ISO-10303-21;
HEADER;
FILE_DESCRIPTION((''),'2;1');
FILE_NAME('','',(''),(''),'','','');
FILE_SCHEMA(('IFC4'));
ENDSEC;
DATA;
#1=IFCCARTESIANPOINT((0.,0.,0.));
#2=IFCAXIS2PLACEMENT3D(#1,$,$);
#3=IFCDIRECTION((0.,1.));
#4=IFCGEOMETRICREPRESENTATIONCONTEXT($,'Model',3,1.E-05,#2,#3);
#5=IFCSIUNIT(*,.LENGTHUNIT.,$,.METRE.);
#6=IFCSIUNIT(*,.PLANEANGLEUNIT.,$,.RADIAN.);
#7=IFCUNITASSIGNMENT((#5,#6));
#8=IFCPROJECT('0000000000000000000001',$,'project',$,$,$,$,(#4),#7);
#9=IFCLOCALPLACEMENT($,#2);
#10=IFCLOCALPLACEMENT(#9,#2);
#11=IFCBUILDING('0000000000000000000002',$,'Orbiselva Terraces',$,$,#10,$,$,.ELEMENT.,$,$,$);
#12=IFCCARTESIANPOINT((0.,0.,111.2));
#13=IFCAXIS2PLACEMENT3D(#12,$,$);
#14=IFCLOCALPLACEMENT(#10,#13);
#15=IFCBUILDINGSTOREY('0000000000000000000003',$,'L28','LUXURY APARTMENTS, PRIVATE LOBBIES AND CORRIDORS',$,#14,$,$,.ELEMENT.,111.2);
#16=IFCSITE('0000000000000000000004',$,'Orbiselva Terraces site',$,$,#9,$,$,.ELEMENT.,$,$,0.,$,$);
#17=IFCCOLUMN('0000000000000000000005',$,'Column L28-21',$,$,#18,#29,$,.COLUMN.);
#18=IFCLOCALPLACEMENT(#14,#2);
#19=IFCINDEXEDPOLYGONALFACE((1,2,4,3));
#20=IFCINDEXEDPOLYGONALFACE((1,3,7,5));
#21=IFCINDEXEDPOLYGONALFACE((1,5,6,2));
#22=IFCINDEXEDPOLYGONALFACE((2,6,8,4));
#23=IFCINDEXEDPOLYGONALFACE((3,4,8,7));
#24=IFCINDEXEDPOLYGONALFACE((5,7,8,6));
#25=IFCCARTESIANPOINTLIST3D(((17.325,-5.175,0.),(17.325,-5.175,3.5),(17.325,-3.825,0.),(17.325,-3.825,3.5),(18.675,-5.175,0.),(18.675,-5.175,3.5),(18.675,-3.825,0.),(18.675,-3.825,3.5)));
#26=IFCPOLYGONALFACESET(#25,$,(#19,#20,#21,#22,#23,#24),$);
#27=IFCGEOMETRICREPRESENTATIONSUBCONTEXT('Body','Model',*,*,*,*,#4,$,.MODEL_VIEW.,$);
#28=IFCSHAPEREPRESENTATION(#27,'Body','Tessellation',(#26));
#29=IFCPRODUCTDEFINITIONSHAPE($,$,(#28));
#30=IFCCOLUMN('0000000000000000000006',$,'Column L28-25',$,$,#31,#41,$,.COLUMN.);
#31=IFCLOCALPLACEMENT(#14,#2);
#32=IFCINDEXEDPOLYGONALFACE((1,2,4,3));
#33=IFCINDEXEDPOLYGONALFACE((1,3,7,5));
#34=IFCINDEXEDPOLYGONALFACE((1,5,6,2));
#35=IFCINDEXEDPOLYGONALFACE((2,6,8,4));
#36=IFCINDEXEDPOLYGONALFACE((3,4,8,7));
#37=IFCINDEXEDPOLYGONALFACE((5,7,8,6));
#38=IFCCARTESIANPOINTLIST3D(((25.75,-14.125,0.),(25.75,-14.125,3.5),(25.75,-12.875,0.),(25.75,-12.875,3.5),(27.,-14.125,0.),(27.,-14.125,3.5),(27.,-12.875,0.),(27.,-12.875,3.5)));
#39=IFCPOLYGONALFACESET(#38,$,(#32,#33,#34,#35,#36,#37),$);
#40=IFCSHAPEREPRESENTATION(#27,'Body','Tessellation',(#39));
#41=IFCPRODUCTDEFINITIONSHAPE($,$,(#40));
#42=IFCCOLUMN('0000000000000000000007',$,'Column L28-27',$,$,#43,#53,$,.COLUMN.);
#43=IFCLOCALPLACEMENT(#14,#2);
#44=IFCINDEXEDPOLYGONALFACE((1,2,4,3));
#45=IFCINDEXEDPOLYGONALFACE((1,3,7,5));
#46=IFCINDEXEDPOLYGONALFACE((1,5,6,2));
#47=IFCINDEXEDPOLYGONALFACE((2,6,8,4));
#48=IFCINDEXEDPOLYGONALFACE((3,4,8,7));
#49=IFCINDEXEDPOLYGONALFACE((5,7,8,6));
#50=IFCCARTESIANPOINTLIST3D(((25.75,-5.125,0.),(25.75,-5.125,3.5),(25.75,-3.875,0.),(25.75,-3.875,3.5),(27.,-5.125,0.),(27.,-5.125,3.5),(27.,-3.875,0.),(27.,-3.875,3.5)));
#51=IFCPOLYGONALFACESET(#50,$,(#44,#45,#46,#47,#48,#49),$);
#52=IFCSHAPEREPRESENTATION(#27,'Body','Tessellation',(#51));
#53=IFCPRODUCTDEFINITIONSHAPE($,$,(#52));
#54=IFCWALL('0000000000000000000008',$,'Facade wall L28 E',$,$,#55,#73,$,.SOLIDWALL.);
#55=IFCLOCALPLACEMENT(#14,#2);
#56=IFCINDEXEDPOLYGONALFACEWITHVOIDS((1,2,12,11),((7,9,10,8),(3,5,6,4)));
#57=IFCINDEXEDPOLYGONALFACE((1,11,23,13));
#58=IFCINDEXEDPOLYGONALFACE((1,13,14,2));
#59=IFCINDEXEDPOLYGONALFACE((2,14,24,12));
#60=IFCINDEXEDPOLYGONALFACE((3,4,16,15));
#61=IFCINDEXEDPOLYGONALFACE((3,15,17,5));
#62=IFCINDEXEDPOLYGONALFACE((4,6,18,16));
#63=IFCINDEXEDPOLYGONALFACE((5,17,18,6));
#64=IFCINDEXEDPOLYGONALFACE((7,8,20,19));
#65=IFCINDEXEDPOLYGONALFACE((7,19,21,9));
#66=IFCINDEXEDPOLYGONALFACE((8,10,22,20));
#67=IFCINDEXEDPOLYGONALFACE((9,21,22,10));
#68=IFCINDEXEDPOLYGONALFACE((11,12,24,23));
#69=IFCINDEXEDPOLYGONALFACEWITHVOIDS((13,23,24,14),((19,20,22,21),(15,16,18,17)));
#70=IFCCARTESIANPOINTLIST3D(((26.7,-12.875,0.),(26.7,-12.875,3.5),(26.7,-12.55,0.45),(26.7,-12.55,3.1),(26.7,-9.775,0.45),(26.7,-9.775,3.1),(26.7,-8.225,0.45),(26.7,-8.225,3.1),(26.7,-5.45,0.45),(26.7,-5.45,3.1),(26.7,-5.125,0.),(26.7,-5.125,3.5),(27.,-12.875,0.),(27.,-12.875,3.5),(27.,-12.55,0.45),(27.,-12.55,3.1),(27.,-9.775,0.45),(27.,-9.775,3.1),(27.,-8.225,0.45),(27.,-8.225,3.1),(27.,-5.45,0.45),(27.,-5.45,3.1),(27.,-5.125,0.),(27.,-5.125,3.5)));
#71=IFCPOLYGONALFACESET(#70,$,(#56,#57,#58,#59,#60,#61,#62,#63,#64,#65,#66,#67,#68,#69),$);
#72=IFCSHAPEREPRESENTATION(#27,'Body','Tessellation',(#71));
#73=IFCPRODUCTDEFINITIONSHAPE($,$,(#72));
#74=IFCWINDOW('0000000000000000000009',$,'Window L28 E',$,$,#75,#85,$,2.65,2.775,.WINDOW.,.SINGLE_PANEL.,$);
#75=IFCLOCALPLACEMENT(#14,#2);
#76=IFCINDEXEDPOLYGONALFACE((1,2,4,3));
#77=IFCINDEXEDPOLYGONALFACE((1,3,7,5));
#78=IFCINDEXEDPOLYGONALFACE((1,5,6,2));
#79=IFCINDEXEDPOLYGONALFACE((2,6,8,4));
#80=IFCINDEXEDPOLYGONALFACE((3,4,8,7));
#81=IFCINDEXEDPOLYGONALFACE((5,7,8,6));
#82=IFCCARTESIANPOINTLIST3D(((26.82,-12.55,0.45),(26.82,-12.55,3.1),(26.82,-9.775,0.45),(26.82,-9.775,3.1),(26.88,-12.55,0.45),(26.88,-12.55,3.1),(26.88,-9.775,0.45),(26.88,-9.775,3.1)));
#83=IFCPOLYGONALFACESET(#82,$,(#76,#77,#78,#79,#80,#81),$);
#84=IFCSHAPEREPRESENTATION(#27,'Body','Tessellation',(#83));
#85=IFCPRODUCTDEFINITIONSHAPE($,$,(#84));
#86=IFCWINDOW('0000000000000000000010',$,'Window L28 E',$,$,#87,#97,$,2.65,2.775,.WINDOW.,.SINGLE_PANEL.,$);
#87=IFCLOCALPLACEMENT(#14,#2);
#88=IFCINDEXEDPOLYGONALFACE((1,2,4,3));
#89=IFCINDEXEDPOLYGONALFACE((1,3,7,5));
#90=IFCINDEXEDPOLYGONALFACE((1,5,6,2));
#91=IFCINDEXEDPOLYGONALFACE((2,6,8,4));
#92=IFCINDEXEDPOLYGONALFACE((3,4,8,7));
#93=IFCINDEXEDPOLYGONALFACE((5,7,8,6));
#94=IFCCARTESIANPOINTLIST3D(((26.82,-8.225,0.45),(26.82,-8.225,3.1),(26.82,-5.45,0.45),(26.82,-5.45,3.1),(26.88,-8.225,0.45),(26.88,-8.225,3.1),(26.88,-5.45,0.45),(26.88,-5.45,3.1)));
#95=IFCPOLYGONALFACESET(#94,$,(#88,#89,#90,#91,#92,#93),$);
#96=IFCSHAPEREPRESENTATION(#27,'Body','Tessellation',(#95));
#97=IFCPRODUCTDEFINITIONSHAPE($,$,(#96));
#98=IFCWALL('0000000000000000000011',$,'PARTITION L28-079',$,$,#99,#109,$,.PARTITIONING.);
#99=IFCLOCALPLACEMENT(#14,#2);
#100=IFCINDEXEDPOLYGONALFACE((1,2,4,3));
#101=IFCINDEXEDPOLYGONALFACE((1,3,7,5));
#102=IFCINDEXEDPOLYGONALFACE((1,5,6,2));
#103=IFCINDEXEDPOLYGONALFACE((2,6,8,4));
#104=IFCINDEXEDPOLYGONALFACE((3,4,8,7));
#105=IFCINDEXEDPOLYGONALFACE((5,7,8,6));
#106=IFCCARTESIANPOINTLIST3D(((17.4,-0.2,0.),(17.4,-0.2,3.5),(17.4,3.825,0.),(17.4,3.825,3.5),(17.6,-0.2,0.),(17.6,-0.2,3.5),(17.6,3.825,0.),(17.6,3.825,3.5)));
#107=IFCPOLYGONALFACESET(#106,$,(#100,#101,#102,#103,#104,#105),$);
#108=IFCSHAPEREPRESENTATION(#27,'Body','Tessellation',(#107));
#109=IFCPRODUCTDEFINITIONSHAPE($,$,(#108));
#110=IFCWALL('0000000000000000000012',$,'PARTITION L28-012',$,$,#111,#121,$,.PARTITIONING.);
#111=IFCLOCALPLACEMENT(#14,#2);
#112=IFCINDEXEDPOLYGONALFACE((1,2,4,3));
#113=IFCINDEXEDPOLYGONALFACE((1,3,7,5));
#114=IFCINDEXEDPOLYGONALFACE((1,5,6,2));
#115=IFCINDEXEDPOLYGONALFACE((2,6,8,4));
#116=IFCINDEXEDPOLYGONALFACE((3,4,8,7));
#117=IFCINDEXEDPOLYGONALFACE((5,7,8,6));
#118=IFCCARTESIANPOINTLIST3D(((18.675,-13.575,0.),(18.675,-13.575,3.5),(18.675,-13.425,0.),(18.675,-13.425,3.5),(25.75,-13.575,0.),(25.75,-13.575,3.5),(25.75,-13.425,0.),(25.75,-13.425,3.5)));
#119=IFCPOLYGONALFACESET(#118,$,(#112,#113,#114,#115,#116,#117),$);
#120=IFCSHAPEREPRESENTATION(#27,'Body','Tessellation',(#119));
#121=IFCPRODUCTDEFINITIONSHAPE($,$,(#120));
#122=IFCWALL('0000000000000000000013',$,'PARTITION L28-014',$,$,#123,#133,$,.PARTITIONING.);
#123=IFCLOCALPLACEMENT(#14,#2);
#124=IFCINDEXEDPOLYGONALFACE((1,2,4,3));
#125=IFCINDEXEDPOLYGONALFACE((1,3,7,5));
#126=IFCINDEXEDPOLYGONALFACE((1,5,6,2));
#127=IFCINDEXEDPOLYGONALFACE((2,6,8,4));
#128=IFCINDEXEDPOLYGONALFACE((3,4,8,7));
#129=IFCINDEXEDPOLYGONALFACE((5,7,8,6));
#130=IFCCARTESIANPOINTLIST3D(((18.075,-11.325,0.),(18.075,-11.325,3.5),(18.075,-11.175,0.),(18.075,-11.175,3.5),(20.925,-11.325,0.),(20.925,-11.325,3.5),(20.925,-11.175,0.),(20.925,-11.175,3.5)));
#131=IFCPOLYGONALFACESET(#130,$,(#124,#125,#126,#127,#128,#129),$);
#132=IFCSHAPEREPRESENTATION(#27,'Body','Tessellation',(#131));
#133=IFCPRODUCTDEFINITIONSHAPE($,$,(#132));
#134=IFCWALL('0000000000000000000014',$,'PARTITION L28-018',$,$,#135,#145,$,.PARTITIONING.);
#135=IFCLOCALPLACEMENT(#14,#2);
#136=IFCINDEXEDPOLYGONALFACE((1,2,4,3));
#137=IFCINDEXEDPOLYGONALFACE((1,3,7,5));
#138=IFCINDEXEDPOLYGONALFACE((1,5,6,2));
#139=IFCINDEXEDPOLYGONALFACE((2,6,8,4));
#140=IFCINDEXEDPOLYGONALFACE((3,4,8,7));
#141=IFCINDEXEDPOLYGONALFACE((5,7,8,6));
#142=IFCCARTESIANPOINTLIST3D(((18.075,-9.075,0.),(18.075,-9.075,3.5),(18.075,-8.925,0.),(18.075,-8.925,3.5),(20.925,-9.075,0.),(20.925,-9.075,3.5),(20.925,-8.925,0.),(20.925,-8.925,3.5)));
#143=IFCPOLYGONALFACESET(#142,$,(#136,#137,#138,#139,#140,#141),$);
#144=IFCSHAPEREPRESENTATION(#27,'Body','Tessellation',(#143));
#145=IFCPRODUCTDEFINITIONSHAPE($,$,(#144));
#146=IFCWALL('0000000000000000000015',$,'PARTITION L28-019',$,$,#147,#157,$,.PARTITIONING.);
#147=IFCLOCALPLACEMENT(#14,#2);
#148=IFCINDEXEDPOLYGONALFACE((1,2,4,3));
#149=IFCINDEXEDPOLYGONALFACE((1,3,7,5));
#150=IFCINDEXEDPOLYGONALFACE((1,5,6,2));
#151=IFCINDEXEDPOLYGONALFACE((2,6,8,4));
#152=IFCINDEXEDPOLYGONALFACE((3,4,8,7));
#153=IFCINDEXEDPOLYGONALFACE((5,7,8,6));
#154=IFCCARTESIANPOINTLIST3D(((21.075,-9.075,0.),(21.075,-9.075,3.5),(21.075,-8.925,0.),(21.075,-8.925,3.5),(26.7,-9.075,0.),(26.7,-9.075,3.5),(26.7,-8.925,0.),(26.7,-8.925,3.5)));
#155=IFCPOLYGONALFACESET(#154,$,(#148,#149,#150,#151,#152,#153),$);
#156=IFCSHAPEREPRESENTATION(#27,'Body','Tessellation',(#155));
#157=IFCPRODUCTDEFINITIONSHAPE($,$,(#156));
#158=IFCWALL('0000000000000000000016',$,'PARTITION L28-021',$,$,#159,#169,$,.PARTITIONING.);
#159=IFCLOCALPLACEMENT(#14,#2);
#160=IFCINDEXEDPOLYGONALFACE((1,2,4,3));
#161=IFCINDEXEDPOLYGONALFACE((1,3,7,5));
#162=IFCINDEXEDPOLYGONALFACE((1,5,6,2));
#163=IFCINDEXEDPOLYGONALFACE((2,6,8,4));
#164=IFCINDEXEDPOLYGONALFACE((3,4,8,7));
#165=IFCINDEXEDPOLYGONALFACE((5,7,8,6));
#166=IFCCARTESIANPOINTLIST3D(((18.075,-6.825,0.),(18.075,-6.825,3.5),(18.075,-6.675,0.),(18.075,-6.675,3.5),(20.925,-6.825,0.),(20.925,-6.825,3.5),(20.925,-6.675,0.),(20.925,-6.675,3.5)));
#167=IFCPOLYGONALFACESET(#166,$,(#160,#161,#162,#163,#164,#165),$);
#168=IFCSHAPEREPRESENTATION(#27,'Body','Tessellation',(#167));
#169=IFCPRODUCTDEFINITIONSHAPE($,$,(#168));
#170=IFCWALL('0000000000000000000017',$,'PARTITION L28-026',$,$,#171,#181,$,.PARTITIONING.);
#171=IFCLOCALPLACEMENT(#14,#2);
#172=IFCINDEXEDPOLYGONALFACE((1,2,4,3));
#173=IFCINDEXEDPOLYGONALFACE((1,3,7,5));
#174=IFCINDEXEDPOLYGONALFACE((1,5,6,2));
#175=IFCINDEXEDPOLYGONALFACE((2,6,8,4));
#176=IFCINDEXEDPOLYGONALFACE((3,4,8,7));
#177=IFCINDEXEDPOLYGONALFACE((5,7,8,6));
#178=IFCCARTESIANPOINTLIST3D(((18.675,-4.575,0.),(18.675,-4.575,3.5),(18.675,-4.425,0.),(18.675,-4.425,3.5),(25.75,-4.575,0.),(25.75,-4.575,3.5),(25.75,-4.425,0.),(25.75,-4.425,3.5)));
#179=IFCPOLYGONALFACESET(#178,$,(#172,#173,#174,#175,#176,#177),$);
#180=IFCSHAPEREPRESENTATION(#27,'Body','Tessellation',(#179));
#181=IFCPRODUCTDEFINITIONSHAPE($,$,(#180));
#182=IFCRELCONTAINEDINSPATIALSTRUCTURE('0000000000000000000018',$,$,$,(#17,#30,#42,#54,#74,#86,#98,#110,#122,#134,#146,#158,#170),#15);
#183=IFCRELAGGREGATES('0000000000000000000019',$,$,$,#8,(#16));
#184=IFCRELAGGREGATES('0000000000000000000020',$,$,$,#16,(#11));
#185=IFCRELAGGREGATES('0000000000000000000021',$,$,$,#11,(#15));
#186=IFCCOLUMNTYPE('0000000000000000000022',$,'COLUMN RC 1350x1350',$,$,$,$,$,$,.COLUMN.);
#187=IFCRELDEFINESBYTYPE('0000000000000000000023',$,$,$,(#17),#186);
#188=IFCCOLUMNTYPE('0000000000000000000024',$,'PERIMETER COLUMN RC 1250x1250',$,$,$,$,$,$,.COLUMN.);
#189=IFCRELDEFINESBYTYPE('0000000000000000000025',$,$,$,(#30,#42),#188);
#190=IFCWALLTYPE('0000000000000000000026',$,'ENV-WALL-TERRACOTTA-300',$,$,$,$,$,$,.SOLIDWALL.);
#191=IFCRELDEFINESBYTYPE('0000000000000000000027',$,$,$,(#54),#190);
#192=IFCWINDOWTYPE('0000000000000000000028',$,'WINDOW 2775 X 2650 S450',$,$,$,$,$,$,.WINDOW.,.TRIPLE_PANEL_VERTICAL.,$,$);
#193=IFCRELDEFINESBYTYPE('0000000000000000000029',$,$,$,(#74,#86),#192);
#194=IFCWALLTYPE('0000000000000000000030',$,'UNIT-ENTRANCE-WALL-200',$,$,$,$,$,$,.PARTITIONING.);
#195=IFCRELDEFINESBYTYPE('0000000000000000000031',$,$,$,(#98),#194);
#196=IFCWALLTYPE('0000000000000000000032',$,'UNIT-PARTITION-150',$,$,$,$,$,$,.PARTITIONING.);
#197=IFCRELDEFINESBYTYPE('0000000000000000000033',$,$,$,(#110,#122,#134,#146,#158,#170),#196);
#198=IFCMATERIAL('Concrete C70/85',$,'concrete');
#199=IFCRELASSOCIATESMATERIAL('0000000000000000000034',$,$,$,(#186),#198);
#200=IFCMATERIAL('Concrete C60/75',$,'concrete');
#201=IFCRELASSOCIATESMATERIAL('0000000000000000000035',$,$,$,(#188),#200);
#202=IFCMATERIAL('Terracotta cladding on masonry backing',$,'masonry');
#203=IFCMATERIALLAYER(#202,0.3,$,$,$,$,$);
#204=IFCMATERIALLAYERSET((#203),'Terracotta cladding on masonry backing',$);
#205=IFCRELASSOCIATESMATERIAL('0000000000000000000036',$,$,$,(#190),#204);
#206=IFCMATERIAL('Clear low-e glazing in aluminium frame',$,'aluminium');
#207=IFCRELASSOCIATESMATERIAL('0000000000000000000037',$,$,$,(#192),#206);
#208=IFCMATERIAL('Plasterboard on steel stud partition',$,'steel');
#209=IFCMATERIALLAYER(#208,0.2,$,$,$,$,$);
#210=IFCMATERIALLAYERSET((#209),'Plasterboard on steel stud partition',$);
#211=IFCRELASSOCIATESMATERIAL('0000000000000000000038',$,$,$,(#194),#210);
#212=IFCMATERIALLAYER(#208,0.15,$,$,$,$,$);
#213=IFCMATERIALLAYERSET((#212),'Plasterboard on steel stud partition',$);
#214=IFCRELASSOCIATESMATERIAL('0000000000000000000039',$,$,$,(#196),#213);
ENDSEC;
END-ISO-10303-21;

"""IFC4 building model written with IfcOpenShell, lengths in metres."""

from ifc_helpers import new_model, si_unit, direction, frame, frame_2d, origin, origin_2d, place, context, subcontext, project, spatial, rectangle, extrude, material, layer, layer_set, material_profile, profile_set, type_object, element, fill, save


model = new_model("IFC4")

# Units and contexts
model_context = context("Model", 3, precision=1e-05, world=origin(), true_north=direction((0.0, 1.0)))
body_context = subcontext(model_context, "Body", "Model", "MODEL_VIEW")
ifc_project = project(units=[si_unit("LENGTHUNIT", "METRE"), si_unit("PLANEANGLEUNIT", "RADIAN")], contexts=[model_context])

# Site, building, storey
site_placement = place(None, origin())
site = spatial("IfcSite", under=ifc_project, at=site_placement, Name="Orbiselva Terraces site", CompositionType="ELEMENT", RefElevation=0.0)
building_placement = place(site_placement, origin())
building = spatial("IfcBuilding", under=site, at=building_placement, Name="Orbiselva Terraces", CompositionType="ELEMENT")
storey_placement = place(building_placement, frame((0.0, 0.0, 111.2)))
storey = spatial("IfcBuildingStorey", under=building, at=storey_placement, Name="L28", Description="LUXURY APARTMENTS, PRIVATE LOBBIES AND CORRIDORS", CompositionType="ELEMENT", Elevation=111.2)

# Columns
ifc_material_1 = material(Name="Concrete C70/85", Category="concrete")
ifc_material_profile_1 = material_profile(ifc_material_1, rectangle(XDim=1.35, YDim=1.35, at=origin_2d()), Name="RC 1350x1350")
ifc_profile_set_1 = profile_set([ifc_material_profile_1], Name="Concrete C70/85")
column_type_1 = type_object("IfcColumnType", Name="COLUMN RC 1350x1350", PredefinedType="COLUMN", material=ifc_profile_set_1)
column_placement = place(storey_placement, frame((18.0, -4.5, 0.0), z_axis=(0.0, 0.0, 1.0), x_axis=(1.0, 0.0, 0.0)))
element("IfcColumn", 1, at=column_placement, inside=storey, type_object=column_type_1, Name="Column L28-21", PredefinedType="COLUMN", context=body_context, shape_type="SweptSolid", body=[
    extrude(rectangle(XDim=1.35, YDim=1.35, at=origin_2d()), origin(), (0.0, 0.0, 1.0), 3.5),
])
ifc_material_2 = material(Name="Concrete C60/75", Category="concrete")
ifc_material_profile_2 = material_profile(ifc_material_2, rectangle(XDim=1.25, YDim=1.25, at=origin_2d()), Name="RC 1250x1250")
ifc_profile_set_2 = profile_set([ifc_material_profile_2], Name="Concrete C60/75")
column_type_2 = type_object("IfcColumnType", Name="PERIMETER COLUMN RC 1250x1250", PredefinedType="COLUMN", material=ifc_profile_set_2)
for number, where, z_axis, x_axis, name in (
    (2, (26.375, -13.5, 0.0), (0.0, 0.0, 1.0), (1.0, 0.0, 0.0), "Column L28-25"),
    (3, (26.375, -4.5, 0.0), (0.0, 0.0, 1.0), (1.0, 0.0, 0.0), "Column L28-27"),
):
    element("IfcColumn", number, at=place(storey_placement, frame(where, z_axis=z_axis, x_axis=x_axis)), inside=storey, type_object=column_type_2, Name=name, PredefinedType="COLUMN", context=body_context, shape_type="SweptSolid", body=[
        extrude(rectangle(XDim=1.25, YDim=1.25, at=origin_2d()), origin(), (0.0, 0.0, 1.0), 3.5),
    ])

# Wall, openings, windows
ifc_material_3 = material(Name="Terracotta cladding on masonry backing", Category="masonry")
ifc_layer_1 = layer(ifc_material_3, 0.3)
ifc_layer_set_1 = layer_set([ifc_layer_1], Name="Terracotta cladding on masonry backing")
wall_type_1 = type_object("IfcWallType", Name="ENV-WALL-TERRACOTTA-300", PredefinedType="SOLIDWALL", material=ifc_layer_set_1)
wall_1_placement = place(storey_placement, frame((26.85, -5.125, 0.0), z_axis=(0.0, 0.0, 1.0), x_axis=(0.0, -1.0, 0.0)))
wall_1 = element("IfcWall", 4, at=wall_1_placement, inside=storey, type_object=wall_type_1, Name="Facade wall L28 E", PredefinedType="SOLIDWALL", context=body_context, shape_type="SweptSolid", body=[
    extrude(rectangle(XDim=7.75, YDim=0.3, at=frame_2d((3.875, 0.0))), origin(), (0.0, 0.0, 1.0), 3.5),
])
opening_1_placement = place(wall_1_placement, frame((4.65, 0.0, 0.45)))
opening_1 = element("IfcOpeningElement", 5, at=opening_1_placement, cuts=wall_1, PredefinedType="OPENING", context=body_context, shape_type="SweptSolid", body=[
    extrude(rectangle(XDim=2.775, YDim=2.65, at=frame_2d((1.3875, 1.325))), frame((0.0, 0.16, 0.0), z_axis=(0.0, -1.0, 0.0), x_axis=(1.0, 0.0, 0.0)), (0.0, 0.0, 1.0), 0.32),
])
opening_2_placement = place(wall_1_placement, frame((0.325, 0.0, 0.45)))
opening_2 = element("IfcOpeningElement", 6, at=opening_2_placement, cuts=wall_1, PredefinedType="OPENING", context=body_context, shape_type="SweptSolid", body=[
    extrude(rectangle(XDim=2.775, YDim=2.65, at=frame_2d((1.3875, 1.325))), frame((0.0, 0.16, 0.0), z_axis=(0.0, -1.0, 0.0), x_axis=(1.0, 0.0, 0.0)), (0.0, 0.0, 1.0), 0.32),
])
ifc_material_4 = material(Name="Clear low-e glazing in aluminium frame", Category="aluminium")
window_type = type_object("IfcWindowType", Name="WINDOW 2775 X 2650 S450", PartitioningType="TRIPLE_PANEL_VERTICAL", PredefinedType="WINDOW", material=ifc_material_4)
window_1_placement = place(opening_1_placement, origin())
window_1 = element("IfcWindow", 7, at=window_1_placement, inside=storey, type_object=window_type, Name="Window L28 E", OverallHeight=2.65, OverallWidth=2.775, PartitioningType="SINGLE_PANEL", PredefinedType="WINDOW", context=body_context, shape_type="SweptSolid", body=[
    extrude(rectangle(XDim=2.775, YDim=2.65, at=frame_2d((1.3875, 1.325))), frame((0.0, 0.03, 0.0), z_axis=(0.0, -1.0, 0.0), x_axis=(1.0, 0.0, 0.0)), (0.0, 0.0, 1.0), 0.06),
])
fill(opening_1, window_1)
window_2_placement = place(opening_2_placement, origin())
window_2 = element("IfcWindow", 8, at=window_2_placement, inside=storey, type_object=window_type, Name="Window L28 E", OverallHeight=2.65, OverallWidth=2.775, PartitioningType="SINGLE_PANEL", PredefinedType="WINDOW", context=body_context, shape_type="SweptSolid", body=[
    extrude(rectangle(XDim=2.775, YDim=2.65, at=frame_2d((1.3875, 1.325))), frame((0.0, 0.03, 0.0), z_axis=(0.0, -1.0, 0.0), x_axis=(1.0, 0.0, 0.0)), (0.0, 0.0, 1.0), 0.06),
])
fill(opening_2, window_2)

# Walls
ifc_material_5 = material(Name="Plasterboard on steel stud partition", Category="steel")
ifc_layer_2 = layer(ifc_material_5, 0.2)
ifc_layer_set_2 = layer_set([ifc_layer_2], Name="Plasterboard on steel stud partition")
wall_type_2 = type_object("IfcWallType", Name="UNIT-ENTRANCE-WALL-200", PredefinedType="PARTITIONING", material=ifc_layer_set_2)
wall_2_placement = place(storey_placement, frame((17.5, -0.2, 0.0), z_axis=(0.0, 0.0, 1.0), x_axis=(0.0, 1.0, 0.0)))
element("IfcWall", 9, at=wall_2_placement, inside=storey, type_object=wall_type_2, Name="PARTITION L28-079", PredefinedType="PARTITIONING", context=body_context, shape_type="SweptSolid", body=[
    extrude(rectangle(XDim=4.025, YDim=0.2, at=frame_2d((2.0125, 0.0))), origin(), (0.0, 0.0, 1.0), 3.5),
])
ifc_layer_3 = layer(ifc_material_5, 0.15)
ifc_layer_set_3 = layer_set([ifc_layer_3], Name="Plasterboard on steel stud partition")
wall_type_3 = type_object("IfcWallType", Name="UNIT-PARTITION-150", PredefinedType="PARTITIONING", material=ifc_layer_set_3)
wall_3_placement = place(storey_placement, frame((18.675, -13.5, 0.0), z_axis=(0.0, 0.0, 1.0), x_axis=(1.0, 0.0, 0.0)))
element("IfcWall", 10, at=wall_3_placement, inside=storey, type_object=wall_type_3, Name="PARTITION L28-012", PredefinedType="PARTITIONING", context=body_context, shape_type="SweptSolid", body=[
    extrude(rectangle(XDim=7.075, YDim=0.15, at=frame_2d((3.5375, 0.0))), origin(), (0.0, 0.0, 1.0), 3.5),
])
for number, where, z_axis, x_axis, name in (
    (11, (18.075, -11.25, 0.0), (0.0, 0.0, 1.0), (1.0, 0.0, 0.0), "PARTITION L28-014"),
    (12, (18.075, -9.0, 0.0), (0.0, 0.0, 1.0), (1.0, 0.0, 0.0), "PARTITION L28-018"),
):
    element("IfcWall", number, at=place(storey_placement, frame(where, z_axis=z_axis, x_axis=x_axis)), inside=storey, type_object=wall_type_3, Name=name, PredefinedType="PARTITIONING", context=body_context, shape_type="SweptSolid", body=[
        extrude(rectangle(XDim=2.85, YDim=0.15, at=frame_2d((1.425, 0.0))), origin(), (0.0, 0.0, 1.0), 3.5),
    ])
wall_4_placement = place(storey_placement, frame((21.075, -9.0, 0.0), z_axis=(0.0, 0.0, 1.0), x_axis=(1.0, 0.0, 0.0)))
element("IfcWall", 13, at=wall_4_placement, inside=storey, type_object=wall_type_3, Name="PARTITION L28-019", PredefinedType="PARTITIONING", context=body_context, shape_type="SweptSolid", body=[
    extrude(rectangle(XDim=5.625, YDim=0.15, at=frame_2d((2.8125, 0.0))), origin(), (0.0, 0.0, 1.0), 3.5),
])
wall_5_placement = place(storey_placement, frame((18.075, -6.75, 0.0), z_axis=(0.0, 0.0, 1.0), x_axis=(1.0, 0.0, 0.0)))
element("IfcWall", 14, at=wall_5_placement, inside=storey, type_object=wall_type_3, Name="PARTITION L28-021", PredefinedType="PARTITIONING", context=body_context, shape_type="SweptSolid", body=[
    extrude(rectangle(XDim=2.85, YDim=0.15, at=frame_2d((1.425, 0.0))), origin(), (0.0, 0.0, 1.0), 3.5),
])
wall_6_placement = place(storey_placement, frame((18.675, -4.5, 0.0), z_axis=(0.0, 0.0, 1.0), x_axis=(1.0, 0.0, 0.0)))
element("IfcWall", 15, at=wall_6_placement, inside=storey, type_object=wall_type_3, Name="PARTITION L28-026", PredefinedType="PARTITIONING", context=body_context, shape_type="SweptSolid", body=[
    extrude(rectangle(XDim=7.075, YDim=0.15, at=frame_2d((3.5375, 0.0))), origin(), (0.0, 0.0, 1.0), 3.5),
])

save(model, "model.ifc")
